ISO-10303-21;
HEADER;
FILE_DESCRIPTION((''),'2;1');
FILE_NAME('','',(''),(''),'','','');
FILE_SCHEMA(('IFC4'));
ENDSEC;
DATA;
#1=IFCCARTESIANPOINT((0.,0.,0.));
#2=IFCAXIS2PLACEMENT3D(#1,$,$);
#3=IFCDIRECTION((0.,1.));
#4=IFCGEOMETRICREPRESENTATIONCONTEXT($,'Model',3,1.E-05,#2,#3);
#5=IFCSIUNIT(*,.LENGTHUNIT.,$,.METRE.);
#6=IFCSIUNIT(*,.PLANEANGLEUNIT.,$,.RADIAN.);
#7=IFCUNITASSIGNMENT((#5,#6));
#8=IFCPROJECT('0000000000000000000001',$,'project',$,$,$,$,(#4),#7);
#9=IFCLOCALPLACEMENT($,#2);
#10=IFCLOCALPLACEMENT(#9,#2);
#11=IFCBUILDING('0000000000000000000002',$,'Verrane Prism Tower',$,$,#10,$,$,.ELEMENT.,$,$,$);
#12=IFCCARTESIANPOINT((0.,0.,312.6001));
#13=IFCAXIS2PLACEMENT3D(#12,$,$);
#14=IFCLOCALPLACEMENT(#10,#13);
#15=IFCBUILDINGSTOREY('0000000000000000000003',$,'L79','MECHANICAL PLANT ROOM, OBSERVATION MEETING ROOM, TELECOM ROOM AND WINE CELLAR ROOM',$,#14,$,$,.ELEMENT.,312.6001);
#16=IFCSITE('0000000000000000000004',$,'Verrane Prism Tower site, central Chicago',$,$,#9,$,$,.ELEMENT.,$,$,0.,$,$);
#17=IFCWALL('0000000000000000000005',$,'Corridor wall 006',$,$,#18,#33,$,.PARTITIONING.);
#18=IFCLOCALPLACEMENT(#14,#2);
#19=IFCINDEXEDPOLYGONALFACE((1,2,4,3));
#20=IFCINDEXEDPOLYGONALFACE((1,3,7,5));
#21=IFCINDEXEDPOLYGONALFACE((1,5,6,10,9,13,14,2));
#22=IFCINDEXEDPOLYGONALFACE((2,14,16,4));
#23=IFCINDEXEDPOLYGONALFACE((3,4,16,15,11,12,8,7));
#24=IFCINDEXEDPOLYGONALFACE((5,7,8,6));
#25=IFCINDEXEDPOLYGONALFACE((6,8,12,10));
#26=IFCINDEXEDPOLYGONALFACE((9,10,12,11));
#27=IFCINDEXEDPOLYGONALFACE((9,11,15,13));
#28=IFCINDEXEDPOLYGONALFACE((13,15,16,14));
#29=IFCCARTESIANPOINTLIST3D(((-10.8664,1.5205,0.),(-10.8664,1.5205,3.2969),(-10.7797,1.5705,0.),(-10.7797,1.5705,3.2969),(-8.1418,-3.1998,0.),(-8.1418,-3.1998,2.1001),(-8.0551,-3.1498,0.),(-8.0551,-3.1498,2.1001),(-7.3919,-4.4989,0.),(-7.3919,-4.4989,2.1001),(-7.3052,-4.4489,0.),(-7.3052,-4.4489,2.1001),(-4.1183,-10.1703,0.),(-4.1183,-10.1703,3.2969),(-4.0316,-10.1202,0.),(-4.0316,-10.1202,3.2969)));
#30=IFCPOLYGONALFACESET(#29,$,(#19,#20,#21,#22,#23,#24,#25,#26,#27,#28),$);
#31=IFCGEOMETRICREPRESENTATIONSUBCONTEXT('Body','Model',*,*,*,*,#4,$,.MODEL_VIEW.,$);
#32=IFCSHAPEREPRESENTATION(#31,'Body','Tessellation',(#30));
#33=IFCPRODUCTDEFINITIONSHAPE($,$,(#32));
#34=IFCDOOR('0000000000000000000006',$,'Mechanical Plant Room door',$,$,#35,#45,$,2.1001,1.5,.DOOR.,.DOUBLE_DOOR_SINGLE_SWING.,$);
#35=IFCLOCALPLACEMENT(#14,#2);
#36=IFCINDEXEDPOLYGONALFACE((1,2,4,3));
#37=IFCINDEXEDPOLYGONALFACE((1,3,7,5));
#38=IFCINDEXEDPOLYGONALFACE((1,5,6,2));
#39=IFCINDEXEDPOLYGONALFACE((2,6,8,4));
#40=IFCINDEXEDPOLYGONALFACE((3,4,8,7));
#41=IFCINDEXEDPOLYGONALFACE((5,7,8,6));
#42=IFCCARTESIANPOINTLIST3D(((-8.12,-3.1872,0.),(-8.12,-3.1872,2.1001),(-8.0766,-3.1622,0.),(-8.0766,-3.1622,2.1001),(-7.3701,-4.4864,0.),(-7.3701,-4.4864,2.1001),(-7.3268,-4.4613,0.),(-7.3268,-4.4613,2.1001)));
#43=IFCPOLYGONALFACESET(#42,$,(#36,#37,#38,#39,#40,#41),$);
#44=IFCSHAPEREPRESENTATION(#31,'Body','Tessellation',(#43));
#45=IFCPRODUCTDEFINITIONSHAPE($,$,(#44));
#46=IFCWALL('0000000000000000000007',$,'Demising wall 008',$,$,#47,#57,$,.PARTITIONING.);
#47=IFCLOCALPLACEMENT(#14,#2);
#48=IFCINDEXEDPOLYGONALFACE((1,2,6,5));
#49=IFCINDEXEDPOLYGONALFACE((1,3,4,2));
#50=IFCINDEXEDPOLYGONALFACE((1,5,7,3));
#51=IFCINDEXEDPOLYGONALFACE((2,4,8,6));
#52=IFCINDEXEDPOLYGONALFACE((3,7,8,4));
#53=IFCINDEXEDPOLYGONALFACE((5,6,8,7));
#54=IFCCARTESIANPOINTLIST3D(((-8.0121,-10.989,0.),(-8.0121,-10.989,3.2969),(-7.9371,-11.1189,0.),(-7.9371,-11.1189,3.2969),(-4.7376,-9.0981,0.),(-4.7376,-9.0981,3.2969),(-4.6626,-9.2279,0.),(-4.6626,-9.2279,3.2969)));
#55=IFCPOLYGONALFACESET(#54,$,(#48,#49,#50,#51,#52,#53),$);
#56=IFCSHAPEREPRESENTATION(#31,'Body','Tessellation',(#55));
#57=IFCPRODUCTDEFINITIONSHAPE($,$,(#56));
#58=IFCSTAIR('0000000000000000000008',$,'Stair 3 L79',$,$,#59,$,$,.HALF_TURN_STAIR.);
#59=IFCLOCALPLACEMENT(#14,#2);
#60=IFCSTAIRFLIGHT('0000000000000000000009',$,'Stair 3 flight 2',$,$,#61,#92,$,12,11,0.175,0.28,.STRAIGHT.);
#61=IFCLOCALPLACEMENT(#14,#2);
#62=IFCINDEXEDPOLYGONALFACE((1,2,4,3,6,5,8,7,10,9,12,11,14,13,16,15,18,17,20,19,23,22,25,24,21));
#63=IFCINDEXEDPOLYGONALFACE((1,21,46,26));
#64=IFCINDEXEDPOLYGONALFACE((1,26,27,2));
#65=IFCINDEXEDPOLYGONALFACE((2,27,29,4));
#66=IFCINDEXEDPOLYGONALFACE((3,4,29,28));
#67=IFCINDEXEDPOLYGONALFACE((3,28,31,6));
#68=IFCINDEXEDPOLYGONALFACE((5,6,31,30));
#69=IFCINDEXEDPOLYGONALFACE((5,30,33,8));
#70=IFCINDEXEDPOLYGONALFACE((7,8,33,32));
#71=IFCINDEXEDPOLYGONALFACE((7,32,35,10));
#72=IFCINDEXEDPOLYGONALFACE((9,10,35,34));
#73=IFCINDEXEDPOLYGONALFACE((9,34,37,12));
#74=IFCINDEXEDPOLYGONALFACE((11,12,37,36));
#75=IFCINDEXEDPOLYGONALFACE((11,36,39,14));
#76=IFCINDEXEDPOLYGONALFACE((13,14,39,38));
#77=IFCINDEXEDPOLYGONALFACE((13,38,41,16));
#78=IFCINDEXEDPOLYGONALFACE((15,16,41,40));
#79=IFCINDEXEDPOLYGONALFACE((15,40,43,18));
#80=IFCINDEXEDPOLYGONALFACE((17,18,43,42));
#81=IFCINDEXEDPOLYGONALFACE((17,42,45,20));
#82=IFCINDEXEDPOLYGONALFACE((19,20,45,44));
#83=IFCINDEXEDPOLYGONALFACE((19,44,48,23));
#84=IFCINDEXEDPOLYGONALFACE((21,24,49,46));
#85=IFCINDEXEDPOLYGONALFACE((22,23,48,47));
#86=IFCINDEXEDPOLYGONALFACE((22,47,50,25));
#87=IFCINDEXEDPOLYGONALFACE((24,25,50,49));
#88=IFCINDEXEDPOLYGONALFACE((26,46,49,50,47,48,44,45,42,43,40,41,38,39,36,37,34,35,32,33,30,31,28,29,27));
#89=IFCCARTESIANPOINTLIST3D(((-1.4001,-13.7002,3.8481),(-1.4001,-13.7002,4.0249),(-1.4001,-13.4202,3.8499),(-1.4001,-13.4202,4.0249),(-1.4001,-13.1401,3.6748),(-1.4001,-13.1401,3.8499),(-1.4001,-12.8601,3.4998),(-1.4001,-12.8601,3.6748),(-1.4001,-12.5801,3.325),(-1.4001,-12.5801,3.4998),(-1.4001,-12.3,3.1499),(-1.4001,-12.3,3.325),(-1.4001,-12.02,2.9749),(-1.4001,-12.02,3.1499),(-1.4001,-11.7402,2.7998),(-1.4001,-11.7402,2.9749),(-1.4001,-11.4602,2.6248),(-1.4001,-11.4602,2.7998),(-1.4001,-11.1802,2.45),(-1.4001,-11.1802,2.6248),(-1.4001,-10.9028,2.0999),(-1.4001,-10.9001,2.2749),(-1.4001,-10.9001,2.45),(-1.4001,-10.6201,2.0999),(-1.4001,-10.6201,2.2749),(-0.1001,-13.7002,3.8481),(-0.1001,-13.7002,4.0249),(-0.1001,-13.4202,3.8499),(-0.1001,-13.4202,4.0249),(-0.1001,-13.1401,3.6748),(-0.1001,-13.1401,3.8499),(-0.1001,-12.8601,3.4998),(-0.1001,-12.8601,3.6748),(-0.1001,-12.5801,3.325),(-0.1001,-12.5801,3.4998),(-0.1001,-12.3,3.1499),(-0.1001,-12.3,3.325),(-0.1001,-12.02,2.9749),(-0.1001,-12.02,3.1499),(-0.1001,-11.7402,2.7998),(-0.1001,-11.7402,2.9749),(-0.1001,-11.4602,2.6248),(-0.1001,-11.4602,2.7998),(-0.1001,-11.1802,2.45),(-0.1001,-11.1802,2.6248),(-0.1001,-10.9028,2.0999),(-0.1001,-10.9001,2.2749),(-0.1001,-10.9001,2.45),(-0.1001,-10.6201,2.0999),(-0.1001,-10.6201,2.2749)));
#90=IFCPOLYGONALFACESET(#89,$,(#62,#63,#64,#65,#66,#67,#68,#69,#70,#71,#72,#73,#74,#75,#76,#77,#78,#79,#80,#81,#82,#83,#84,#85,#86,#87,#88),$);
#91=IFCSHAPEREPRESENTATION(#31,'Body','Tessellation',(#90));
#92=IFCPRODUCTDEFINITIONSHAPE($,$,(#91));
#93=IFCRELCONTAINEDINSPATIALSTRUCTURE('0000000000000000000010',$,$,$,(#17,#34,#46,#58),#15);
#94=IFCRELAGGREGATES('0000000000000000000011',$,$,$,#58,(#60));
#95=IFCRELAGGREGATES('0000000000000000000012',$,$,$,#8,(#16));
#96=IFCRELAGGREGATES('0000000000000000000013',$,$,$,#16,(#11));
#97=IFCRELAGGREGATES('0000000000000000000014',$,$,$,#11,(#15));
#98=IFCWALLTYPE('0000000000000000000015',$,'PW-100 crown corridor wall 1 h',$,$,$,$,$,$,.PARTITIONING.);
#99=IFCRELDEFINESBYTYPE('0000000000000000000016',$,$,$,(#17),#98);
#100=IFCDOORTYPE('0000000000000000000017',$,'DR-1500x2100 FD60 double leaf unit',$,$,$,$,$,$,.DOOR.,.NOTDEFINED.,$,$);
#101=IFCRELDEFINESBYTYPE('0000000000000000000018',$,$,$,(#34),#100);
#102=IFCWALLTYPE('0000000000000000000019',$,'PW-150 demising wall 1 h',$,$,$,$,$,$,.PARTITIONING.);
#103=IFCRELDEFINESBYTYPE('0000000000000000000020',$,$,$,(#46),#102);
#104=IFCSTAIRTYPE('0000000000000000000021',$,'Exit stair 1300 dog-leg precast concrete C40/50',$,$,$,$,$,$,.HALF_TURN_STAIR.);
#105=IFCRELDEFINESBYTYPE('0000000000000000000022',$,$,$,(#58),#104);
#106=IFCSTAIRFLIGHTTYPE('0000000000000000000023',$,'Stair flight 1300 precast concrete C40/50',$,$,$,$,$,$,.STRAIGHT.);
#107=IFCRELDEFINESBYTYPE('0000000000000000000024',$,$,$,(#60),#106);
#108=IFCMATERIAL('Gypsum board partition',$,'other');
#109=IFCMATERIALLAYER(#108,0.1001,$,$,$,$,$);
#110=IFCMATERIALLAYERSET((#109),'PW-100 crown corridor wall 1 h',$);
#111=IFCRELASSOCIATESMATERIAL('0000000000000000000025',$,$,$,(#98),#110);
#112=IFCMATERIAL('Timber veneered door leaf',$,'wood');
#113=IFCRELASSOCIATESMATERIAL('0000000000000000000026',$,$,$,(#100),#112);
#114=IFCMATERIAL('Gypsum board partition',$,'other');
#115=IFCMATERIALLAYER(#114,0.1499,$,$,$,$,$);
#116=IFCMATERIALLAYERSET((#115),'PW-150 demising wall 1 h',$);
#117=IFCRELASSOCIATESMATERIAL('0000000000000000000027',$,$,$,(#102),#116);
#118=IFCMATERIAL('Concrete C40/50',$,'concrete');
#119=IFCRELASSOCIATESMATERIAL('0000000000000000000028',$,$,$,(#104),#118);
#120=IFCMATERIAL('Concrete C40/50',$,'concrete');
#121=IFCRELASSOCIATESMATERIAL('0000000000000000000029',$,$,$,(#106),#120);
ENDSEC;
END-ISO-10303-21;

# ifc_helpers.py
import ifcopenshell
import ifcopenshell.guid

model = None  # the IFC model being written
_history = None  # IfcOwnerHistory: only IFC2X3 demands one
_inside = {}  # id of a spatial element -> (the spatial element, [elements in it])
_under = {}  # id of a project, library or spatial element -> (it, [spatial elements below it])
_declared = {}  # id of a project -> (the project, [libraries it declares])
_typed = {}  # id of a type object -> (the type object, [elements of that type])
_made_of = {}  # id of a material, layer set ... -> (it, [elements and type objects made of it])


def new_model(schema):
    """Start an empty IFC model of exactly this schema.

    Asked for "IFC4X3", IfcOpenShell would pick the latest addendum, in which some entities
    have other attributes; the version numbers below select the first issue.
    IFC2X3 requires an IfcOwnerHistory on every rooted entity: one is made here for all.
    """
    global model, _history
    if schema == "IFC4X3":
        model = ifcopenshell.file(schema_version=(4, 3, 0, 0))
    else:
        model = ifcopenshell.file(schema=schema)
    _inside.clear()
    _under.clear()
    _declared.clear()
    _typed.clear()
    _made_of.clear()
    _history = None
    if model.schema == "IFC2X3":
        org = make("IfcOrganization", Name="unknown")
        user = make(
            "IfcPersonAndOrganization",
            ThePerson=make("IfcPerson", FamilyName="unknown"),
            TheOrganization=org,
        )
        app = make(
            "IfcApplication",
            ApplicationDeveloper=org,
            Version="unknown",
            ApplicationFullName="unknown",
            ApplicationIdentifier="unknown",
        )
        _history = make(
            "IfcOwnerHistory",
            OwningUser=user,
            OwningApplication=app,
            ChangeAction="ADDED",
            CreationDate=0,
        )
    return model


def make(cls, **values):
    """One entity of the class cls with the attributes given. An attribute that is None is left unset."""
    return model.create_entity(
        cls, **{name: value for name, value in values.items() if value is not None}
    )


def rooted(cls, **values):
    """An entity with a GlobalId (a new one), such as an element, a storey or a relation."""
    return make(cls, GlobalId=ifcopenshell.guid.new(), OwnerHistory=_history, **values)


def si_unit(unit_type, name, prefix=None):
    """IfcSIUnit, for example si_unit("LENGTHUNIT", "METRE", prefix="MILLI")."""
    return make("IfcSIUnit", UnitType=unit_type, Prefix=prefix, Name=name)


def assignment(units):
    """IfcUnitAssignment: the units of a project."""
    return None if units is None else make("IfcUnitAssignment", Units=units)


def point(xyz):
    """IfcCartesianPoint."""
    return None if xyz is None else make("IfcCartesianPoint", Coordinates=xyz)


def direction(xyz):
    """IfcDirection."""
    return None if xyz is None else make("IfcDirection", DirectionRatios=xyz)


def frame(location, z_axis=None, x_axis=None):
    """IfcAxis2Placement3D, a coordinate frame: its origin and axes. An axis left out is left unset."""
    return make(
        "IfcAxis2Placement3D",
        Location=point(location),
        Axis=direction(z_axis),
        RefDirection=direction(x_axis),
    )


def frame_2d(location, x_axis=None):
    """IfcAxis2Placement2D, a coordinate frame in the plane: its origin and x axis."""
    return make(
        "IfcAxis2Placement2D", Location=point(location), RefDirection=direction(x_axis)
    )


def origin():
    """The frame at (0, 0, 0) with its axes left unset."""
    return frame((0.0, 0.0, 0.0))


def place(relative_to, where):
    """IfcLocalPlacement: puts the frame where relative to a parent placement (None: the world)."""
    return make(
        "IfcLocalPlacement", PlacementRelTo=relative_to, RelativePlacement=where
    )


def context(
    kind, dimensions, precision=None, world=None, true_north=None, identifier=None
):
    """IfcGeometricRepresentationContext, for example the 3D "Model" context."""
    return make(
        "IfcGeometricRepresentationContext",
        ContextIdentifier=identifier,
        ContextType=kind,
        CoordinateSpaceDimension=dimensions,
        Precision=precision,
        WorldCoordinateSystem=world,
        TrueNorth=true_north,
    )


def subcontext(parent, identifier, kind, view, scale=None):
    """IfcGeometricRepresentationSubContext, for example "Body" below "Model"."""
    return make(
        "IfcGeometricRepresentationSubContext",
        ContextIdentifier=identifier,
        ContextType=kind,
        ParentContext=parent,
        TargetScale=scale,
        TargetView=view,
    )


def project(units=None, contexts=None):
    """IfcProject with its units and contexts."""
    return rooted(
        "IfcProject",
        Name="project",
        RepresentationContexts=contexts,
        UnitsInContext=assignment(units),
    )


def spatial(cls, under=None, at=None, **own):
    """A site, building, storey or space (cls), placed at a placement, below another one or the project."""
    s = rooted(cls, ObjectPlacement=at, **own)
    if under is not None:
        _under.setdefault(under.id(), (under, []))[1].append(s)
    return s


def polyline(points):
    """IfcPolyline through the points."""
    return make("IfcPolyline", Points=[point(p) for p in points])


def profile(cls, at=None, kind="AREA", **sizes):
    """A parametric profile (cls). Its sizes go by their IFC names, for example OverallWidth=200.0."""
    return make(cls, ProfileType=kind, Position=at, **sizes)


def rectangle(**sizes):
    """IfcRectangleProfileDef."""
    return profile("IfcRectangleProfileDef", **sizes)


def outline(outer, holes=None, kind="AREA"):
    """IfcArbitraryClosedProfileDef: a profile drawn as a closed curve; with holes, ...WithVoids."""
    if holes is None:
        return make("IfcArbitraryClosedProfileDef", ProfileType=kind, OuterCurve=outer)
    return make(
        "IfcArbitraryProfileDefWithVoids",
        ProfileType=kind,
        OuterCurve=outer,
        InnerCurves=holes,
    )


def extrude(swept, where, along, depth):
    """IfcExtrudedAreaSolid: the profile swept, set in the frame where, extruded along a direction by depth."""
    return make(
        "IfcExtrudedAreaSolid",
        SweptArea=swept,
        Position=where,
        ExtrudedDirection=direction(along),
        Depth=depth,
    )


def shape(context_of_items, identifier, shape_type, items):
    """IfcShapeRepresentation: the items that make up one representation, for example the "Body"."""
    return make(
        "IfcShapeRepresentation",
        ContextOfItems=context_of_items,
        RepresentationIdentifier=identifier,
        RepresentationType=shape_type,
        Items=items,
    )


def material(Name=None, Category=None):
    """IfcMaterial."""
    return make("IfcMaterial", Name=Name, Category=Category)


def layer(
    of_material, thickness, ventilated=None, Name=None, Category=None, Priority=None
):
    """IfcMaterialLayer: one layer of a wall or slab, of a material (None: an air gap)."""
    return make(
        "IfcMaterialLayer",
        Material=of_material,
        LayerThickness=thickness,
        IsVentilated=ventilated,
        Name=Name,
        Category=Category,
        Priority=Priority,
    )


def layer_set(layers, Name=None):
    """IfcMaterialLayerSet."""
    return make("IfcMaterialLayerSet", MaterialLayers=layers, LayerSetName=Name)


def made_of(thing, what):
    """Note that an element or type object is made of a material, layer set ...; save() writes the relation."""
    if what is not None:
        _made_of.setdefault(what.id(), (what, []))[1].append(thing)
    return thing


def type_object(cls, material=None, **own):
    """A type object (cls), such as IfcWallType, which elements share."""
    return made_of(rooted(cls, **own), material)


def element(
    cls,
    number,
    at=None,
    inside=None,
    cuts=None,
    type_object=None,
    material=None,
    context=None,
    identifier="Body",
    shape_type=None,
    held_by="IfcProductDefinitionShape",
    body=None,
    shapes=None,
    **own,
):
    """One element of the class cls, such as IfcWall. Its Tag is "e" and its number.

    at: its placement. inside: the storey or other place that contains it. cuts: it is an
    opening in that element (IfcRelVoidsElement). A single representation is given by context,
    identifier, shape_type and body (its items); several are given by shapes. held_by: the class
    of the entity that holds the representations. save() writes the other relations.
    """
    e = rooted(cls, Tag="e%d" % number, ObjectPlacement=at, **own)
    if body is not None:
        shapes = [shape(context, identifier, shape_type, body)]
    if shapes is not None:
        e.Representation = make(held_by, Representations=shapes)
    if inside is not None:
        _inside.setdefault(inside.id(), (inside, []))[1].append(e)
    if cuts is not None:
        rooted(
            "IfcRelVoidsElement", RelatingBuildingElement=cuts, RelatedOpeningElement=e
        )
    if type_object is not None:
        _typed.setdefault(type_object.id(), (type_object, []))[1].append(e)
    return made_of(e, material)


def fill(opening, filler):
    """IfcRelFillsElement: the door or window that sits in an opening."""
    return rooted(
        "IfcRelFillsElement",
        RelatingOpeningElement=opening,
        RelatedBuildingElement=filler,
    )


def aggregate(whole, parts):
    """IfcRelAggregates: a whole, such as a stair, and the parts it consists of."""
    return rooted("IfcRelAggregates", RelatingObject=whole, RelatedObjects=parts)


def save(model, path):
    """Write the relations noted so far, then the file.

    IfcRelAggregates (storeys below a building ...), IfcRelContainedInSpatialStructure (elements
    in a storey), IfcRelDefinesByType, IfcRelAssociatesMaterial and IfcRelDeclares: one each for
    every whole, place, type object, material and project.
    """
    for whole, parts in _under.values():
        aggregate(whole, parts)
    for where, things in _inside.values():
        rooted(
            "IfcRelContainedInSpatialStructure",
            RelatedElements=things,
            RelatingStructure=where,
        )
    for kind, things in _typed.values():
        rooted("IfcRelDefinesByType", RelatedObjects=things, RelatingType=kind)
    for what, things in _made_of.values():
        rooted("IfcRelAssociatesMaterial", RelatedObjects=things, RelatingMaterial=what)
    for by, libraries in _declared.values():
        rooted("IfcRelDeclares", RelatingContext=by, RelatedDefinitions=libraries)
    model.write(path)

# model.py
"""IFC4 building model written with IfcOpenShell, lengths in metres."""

from ifc_helpers import new_model, si_unit, direction, frame, frame_2d, origin, place, context, subcontext, project, spatial, polyline, rectangle, outline, extrude, material, layer, layer_set, type_object, element, fill, aggregate, save


model = new_model("IFC4")

# Units and contexts
model_context = context("Model", 3, precision=1e-05, world=origin(), true_north=direction((0.0, 1.0)))
body_context = subcontext(model_context, "Body", "Model", "MODEL_VIEW")
ifc_project = project(units=[si_unit("LENGTHUNIT", "METRE"), si_unit("PLANEANGLEUNIT", "RADIAN")], contexts=[model_context])

# Site, building, storey
site_placement = place(None, origin())
site = spatial("IfcSite", under=ifc_project, at=site_placement, Name="Verrane Prism Tower site, central Chicago", CompositionType="ELEMENT", RefElevation=0.0)
building_placement = place(site_placement, origin())
building = spatial("IfcBuilding", under=site, at=building_placement, Name="Verrane Prism Tower", CompositionType="ELEMENT")
storey_placement = place(building_placement, frame((0.0, 0.0, 312.6001)))
storey = spatial("IfcBuildingStorey", under=building, at=storey_placement, Name="L79", Description="MECHANICAL PLANT ROOM, OBSERVATION MEETING ROOM, TELECOM ROOM AND WINE CELLAR ROOM", CompositionType="ELEMENT", Elevation=312.6001)

# Wall, opening, door
ifc_material_1 = material(Name="Gypsum board partition", Category="other")
ifc_layer_1 = layer(ifc_material_1, 0.1001)
ifc_layer_set_1 = layer_set([ifc_layer_1], Name="PW-100 crown corridor wall 1 h")
wall_type_1 = type_object("IfcWallType", Name="PW-100 crown corridor wall 1 h", PredefinedType="PARTITIONING", material=ifc_layer_set_1)
wall_1_placement = place(storey_placement, frame((-4.075, -10.1453, 0.0), z_axis=(0.0, 0.0, 1.0), x_axis=(-0.499913, 0.866076, 0.0)))
wall_1 = element("IfcWall", 1, at=wall_1_placement, inside=storey, type_object=wall_type_1, Name="Corridor wall 006", PredefinedType="PARTITIONING", context=body_context, shape_type="SweptSolid", body=[
    extrude(rectangle(XDim=13.4985, YDim=0.1001, at=frame_2d((6.7493, 0.0))), origin(), (0.0, 0.0, 1.0), 3.2969),
])
opening_placement = place(wall_1_placement, frame((6.5483, 0.0, 0.0)))
opening = element("IfcOpeningElement", 2, at=opening_placement, cuts=wall_1, PredefinedType="OPENING", context=body_context, shape_type="SweptSolid", body=[
    extrude(rectangle(XDim=1.5, YDim=2.1001, at=frame_2d((0.75, 1.05))), frame((0.0, 0.0601, 0.0), z_axis=(0.0, -1.0, 0.0), x_axis=(1.0, 0.0, 0.0)), (0.0, 0.0, 1.0), 0.1201),
])
ifc_material_2 = material(Name="Timber veneered door leaf", Category="wood")
door_type = type_object("IfcDoorType", Name="DR-1500x2100 FD60 double leaf unit", OperationType="NOTDEFINED", PredefinedType="DOOR", material=ifc_material_2)
door_placement = place(opening_placement, origin())
door = element("IfcDoor", 3, at=door_placement, inside=storey, type_object=door_type, Name="Mechanical Plant Room door", OperationType="DOUBLE_DOOR_SINGLE_SWING", OverallHeight=2.1001, OverallWidth=1.5, PredefinedType="DOOR", context=body_context, shape_type="SweptSolid", body=[
    extrude(rectangle(XDim=1.5, YDim=2.1001, at=frame_2d((0.75, 1.05))), frame((0.0, 0.0249, 0.0), z_axis=(0.0, -1.0, 0.0), x_axis=(1.0, 0.0, 0.0)), (0.0, 0.0, 1.0), 0.05),
])
fill(opening, door)

# Wall
ifc_material_3 = material(Name="Gypsum board partition", Category="other")
ifc_layer_2 = layer(ifc_material_3, 0.1499)
ifc_layer_set_2 = layer_set([ifc_layer_2], Name="PW-150 demising wall 1 h")
wall_type_2 = type_object("IfcWallType", Name="PW-150 demising wall 1 h", PredefinedType="PARTITIONING", material=ifc_layer_set_2)
wall_2_placement = place(storey_placement, frame((-7.9746, -11.054, 0.0), z_axis=(0.0, 0.0, 1.0), x_axis=(0.865981, 0.500076, 0.0)))
element("IfcWall", 4, at=wall_2_placement, inside=storey, type_object=wall_type_2, Name="Demising wall 008", PredefinedType="PARTITIONING", context=body_context, shape_type="SweptSolid", body=[
    extrude(rectangle(XDim=3.7812, YDim=0.1499, at=frame_2d((1.8906, 0.0))), origin(), (0.0, 0.0, 1.0), 3.2969),
])

# Stair, stair flight
ifc_material_4 = material(Name="Concrete C40/50", Category="concrete")
stair_type = type_object("IfcStairType", Name="Exit stair 1300 dog-leg precast concrete C40/50", PredefinedType="HALF_TURN_STAIR", material=ifc_material_4)
stair_placement = place(storey_placement, origin())
stair = element("IfcStair", 5, at=stair_placement, inside=storey, type_object=stair_type, Name="Stair 3 L79", PredefinedType="HALF_TURN_STAIR")
ifc_material_5 = material(Name="Concrete C40/50", Category="concrete")
stair_flight_type = type_object("IfcStairFlightType", Name="Stair flight 1300 precast concrete C40/50", PredefinedType="STRAIGHT", material=ifc_material_5)
stair_flight_placement = place(storey_placement, frame((-0.75, -10.6201, 2.0999), z_axis=(0.0, 0.0, 1.0), x_axis=(0.0, -1.0, 0.0)))
stair_flight = element("IfcStairFlight", 6, at=stair_flight_placement, type_object=stair_flight_type, Name="Stair 3 flight 2", NumberOfRisers=12, NumberOfTreads=11, PredefinedType="STRAIGHT", RiserHeight=0.175, TreadLength=0.28, context=body_context, shape_type="SweptSolid", body=[
    extrude(outline(polyline([(0.0, 0.0), (0.0, 0.175), (0.28, 0.175), (0.28, 0.3501), (0.5601, 0.3501), (0.5601, 0.5249), (0.8401, 0.5249), (0.8401, 0.7), (1.1201, 0.7), (1.1201, 0.875), (1.3999, 0.875), (1.3999, 1.05), (1.6799, 1.05), (1.6799, 1.2251), (1.96, 1.2251), (1.96, 1.3999), (2.24, 1.3999), (2.24, 1.575), (2.52, 1.575), (2.52, 1.75), (2.8, 1.75), (2.8, 1.925), (3.0801, 1.925), (3.0801, 2.1001), (3.0801, 1.7483), (0.2827, 0.0), (0.0, 0.0)])), frame((0.0, 0.6499, 0.0), z_axis=(0.0, -1.0, 0.0), x_axis=(1.0, 0.0, 0.0)), (0.0, 0.0, 1.0), 1.3),
])
aggregate(stair, [stair_flight])

save(model, "model.ifc")
